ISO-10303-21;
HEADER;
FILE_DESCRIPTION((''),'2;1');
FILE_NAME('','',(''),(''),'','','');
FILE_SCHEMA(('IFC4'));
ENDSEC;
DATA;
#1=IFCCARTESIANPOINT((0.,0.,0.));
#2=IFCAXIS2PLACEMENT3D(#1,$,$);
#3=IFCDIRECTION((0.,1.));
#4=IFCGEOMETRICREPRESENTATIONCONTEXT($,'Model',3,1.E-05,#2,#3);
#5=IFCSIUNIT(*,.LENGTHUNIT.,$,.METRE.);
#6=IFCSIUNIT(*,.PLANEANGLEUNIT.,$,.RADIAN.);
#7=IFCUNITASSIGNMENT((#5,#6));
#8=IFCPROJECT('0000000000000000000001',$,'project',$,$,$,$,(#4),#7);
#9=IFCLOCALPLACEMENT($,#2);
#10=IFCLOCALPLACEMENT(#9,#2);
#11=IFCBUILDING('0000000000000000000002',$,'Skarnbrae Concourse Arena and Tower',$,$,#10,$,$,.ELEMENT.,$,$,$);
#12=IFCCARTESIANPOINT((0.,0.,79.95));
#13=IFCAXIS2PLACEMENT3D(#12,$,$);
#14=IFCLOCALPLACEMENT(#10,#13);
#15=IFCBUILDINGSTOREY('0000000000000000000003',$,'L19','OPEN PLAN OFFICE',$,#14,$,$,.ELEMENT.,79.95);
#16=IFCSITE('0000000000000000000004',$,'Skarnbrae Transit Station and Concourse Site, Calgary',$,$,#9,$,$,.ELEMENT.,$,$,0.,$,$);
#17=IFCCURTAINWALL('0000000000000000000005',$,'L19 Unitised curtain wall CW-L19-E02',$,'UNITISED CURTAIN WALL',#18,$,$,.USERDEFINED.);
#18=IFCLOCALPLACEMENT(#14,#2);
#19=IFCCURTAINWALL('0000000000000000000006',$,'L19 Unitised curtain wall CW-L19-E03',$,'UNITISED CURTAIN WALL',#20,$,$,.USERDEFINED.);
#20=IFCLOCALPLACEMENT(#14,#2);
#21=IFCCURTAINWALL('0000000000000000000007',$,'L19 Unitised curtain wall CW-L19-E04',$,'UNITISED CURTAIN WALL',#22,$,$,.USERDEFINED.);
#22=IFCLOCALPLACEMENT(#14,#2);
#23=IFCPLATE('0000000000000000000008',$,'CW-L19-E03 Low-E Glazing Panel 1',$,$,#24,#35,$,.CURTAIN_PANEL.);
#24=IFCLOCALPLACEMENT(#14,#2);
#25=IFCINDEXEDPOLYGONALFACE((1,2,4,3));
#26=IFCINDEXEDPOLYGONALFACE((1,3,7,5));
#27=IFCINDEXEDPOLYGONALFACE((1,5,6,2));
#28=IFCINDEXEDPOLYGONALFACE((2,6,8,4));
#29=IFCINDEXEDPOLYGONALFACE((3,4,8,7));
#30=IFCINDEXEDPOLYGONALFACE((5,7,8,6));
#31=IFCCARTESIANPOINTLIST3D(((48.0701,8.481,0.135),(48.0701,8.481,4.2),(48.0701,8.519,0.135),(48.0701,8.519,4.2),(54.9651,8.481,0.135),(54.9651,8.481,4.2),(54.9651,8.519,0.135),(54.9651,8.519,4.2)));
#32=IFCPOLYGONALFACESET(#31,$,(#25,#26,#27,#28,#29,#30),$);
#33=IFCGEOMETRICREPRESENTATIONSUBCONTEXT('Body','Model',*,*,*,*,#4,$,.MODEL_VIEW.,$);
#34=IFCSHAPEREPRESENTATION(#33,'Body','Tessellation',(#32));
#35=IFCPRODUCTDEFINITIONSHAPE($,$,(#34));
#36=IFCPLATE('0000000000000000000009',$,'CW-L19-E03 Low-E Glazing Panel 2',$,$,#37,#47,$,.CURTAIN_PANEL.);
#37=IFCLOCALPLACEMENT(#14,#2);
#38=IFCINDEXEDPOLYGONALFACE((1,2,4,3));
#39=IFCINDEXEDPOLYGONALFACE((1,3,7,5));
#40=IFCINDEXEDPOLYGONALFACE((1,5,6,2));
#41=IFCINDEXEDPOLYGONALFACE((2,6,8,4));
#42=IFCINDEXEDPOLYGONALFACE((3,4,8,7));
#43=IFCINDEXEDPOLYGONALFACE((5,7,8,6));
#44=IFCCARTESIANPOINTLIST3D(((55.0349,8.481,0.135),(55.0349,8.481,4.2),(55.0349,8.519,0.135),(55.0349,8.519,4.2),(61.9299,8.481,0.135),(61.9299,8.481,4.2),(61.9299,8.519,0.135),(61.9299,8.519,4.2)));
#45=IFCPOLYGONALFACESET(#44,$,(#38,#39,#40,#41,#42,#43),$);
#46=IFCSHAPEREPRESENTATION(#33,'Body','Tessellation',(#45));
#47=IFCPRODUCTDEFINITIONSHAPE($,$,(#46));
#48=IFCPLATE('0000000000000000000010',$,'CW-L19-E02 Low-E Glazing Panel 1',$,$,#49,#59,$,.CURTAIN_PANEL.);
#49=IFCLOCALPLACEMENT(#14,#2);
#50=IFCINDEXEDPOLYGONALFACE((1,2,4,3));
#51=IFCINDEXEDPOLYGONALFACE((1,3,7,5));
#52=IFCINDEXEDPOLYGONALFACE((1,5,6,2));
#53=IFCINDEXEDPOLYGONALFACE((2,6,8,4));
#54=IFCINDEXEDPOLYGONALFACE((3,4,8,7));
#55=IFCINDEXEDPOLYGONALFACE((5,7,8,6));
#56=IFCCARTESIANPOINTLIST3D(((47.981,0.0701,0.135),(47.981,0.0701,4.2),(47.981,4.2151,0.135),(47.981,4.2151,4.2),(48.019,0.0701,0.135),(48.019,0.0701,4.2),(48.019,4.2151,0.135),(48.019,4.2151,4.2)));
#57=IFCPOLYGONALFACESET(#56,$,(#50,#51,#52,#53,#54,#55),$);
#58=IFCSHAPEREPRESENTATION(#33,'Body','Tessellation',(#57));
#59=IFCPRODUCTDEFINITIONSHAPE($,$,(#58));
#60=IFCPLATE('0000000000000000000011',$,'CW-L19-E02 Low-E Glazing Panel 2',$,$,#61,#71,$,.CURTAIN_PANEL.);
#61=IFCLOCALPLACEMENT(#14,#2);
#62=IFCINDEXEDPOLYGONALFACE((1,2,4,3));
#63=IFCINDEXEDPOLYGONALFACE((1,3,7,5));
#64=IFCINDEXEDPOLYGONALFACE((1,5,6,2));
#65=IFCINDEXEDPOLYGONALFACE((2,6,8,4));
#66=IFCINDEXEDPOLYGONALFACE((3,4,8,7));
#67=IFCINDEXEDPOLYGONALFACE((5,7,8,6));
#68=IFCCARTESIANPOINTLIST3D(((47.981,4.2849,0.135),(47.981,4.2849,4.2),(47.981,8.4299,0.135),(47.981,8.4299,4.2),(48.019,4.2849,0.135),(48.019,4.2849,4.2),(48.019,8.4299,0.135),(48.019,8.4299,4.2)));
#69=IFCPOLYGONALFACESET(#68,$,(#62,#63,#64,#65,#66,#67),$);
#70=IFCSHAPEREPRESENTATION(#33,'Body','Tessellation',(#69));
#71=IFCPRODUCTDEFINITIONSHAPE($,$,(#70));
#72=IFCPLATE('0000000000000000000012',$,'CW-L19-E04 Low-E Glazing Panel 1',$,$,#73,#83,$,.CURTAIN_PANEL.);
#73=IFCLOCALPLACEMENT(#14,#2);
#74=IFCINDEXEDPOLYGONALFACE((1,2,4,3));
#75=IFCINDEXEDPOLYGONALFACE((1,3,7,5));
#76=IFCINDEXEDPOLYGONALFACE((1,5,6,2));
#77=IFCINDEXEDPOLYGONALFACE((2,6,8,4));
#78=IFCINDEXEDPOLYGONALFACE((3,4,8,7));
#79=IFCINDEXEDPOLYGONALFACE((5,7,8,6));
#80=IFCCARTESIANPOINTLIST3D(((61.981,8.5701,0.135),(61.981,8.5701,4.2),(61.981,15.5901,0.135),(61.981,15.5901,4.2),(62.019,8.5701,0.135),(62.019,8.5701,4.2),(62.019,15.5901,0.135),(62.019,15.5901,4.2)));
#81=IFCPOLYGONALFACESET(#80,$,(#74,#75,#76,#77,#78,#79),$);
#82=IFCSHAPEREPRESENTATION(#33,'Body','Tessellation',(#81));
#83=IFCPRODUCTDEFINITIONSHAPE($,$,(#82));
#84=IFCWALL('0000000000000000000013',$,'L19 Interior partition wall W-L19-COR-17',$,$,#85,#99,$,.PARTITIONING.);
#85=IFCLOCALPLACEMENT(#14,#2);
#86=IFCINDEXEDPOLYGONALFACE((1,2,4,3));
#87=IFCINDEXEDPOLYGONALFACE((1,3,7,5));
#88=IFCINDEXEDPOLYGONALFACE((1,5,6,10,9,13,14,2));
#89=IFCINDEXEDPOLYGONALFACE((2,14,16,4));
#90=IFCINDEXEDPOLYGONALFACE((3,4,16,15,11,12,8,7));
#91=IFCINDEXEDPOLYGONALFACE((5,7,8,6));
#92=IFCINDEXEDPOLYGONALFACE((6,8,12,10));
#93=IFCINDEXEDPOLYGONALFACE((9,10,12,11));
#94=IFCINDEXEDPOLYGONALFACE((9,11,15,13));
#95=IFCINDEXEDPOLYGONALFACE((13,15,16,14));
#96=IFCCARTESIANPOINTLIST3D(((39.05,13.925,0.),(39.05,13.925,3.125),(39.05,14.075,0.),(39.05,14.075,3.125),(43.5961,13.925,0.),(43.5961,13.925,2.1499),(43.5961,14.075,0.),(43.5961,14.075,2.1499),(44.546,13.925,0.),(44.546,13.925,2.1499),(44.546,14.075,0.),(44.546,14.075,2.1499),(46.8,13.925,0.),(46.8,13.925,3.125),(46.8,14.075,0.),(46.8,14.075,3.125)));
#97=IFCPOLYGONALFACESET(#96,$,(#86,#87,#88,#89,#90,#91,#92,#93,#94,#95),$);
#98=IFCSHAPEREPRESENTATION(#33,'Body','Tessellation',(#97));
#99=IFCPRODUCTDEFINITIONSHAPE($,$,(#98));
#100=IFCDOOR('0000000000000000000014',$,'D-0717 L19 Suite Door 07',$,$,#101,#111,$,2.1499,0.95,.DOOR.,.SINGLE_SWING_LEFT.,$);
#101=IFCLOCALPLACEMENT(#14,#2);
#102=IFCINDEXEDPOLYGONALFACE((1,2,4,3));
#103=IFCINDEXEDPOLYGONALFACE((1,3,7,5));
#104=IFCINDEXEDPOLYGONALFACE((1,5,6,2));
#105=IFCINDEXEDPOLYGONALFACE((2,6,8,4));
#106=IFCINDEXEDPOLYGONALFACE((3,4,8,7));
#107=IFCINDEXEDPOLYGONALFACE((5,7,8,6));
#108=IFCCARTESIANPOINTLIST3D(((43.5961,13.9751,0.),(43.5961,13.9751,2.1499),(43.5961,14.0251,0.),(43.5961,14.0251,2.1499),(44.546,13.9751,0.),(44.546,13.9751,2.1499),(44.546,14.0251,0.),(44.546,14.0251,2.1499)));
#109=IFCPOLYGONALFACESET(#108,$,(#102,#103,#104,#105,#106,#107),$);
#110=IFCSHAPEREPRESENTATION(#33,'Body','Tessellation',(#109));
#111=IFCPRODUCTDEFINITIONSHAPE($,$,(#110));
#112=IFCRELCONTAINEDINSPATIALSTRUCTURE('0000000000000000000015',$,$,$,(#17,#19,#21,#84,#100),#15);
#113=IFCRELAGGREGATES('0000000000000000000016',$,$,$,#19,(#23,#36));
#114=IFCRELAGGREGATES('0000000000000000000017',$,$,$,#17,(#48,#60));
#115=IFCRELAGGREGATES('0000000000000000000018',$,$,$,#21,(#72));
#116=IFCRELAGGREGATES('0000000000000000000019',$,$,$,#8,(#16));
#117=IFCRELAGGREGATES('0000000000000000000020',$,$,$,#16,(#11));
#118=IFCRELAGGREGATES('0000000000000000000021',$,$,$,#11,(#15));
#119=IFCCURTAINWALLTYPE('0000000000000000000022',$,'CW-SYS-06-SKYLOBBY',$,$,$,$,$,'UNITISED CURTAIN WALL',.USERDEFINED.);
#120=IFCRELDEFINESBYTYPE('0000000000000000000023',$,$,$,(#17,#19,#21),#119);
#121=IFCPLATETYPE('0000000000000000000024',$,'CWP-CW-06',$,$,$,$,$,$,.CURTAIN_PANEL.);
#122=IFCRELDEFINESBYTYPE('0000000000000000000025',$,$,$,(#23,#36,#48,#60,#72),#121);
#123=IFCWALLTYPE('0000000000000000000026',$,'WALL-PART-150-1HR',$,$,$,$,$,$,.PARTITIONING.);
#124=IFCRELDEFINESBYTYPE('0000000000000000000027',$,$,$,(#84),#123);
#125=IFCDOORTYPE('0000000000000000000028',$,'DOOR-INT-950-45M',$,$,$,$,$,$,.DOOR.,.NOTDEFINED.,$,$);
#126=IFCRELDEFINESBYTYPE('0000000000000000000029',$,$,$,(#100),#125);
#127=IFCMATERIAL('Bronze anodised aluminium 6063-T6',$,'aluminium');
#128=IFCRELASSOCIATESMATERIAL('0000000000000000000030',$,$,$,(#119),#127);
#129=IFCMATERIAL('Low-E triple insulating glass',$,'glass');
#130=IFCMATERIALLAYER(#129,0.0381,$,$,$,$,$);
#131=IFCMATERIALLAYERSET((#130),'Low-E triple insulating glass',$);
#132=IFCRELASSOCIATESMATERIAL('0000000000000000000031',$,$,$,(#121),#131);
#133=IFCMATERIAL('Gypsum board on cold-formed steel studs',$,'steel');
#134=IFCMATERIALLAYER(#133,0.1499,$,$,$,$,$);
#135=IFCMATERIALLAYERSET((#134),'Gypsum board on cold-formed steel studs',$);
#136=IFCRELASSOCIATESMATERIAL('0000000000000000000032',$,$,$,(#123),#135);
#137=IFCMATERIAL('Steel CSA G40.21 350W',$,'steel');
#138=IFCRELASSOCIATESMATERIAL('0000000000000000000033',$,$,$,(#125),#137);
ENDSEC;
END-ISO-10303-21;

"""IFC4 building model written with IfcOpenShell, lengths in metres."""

from ifc_helpers import new_model, si_unit, direction, frame, frame_2d, origin, origin_2d, place, context, subcontext, project, spatial, rectangle, extrude, source, transform, mapped, material, layer, layer_set, type_object, element, fill, aggregate, save


model = new_model("IFC4")

# Units and contexts
model_context = context("Model", 3, precision=1e-05, world=origin(), true_north=direction((0.0, 1.0)))
body_context = subcontext(model_context, "Body", "Model", "MODEL_VIEW")
ifc_project = project(units=[si_unit("LENGTHUNIT", "METRE"), si_unit("PLANEANGLEUNIT", "RADIAN")], contexts=[model_context])

# Site, building, storey
site_placement = place(None, origin())
site = spatial("IfcSite", under=ifc_project, at=site_placement, Name="Skarnbrae Transit Station and Concourse Site, Calgary", CompositionType="ELEMENT", RefElevation=0.0)
building_placement = place(site_placement, origin())
building = spatial("IfcBuilding", under=site, at=building_placement, Name="Skarnbrae Concourse Arena and Tower", CompositionType="ELEMENT")
storey_placement = place(building_placement, frame((0.0, 0.0, 79.95)))
storey = spatial("IfcBuildingStorey", under=building, at=storey_placement, Name="L19", Description="OPEN PLAN OFFICE", CompositionType="ELEMENT", Elevation=79.95)

# Shared definitions
ifc_material_1 = material(Name="Steel CSA G40.21 350W", Category="steel")

# Shared definitions
ifc_material_2 = material(Name="Bronze anodised aluminium 6063-T6", Category="aluminium")
curtain_wall_type = type_object("IfcCurtainWallType", Name="CW-SYS-06-SKYLOBBY", ElementType="UNITISED CURTAIN WALL", PredefinedType="USERDEFINED", material=ifc_material_2)

# Curtain walls
curtain_wall_1_placement = place(storey_placement, origin())
curtain_wall_1 = element("IfcCurtainWall", 1, at=curtain_wall_1_placement, inside=storey, type_object=curtain_wall_type, Name="L19 Unitised curtain wall CW-L19-E02", ObjectType="UNITISED CURTAIN WALL", PredefinedType="USERDEFINED")
curtain_wall_2_placement = place(storey_placement, origin())
curtain_wall_2 = element("IfcCurtainWall", 2, at=curtain_wall_2_placement, inside=storey, type_object=curtain_wall_type, Name="L19 Unitised curtain wall CW-L19-E03", ObjectType="UNITISED CURTAIN WALL", PredefinedType="USERDEFINED")

# Curtain wall
curtain_wall_3_placement = place(storey_placement, origin())
curtain_wall_3 = element("IfcCurtainWall", 3, at=curtain_wall_3_placement, inside=storey, type_object=curtain_wall_type, Name="L19 Unitised curtain wall CW-L19-E04", ObjectType="UNITISED CURTAIN WALL", PredefinedType="USERDEFINED")

# Plates
ifc_material_3 = material(Name="Low-E triple insulating glass", Category="glass")
ifc_layer_1 = layer(ifc_material_3, 0.0381)
ifc_layer_set_1 = layer_set([ifc_layer_1], Name="Low-E triple insulating glass")
plate_type = type_object("IfcPlateType", Name="CWP-CW-06", PredefinedType="CURTAIN_PANEL", material=ifc_layer_set_1)
shared_shape_1 = source(origin(), body_context, "Body", "SweptSolid", [
    extrude(rectangle(XDim=6.895, YDim=0.0381, at=origin_2d()), origin(), (0.0, 0.0, 1.0), 4.0649),
])
plate_1_placement = place(storey_placement, frame((51.5176, 8.5, 0.135), z_axis=(0.0, 0.0, 1.0), x_axis=(1.0, 0.0, 0.0)))
plate_1 = element("IfcPlate", 4, at=plate_1_placement, type_object=plate_type, Name="CW-L19-E03 Low-E Glazing Panel 1", PredefinedType="CURTAIN_PANEL", context=body_context, shape_type="MappedRepresentation", body=[
    mapped(shared_shape_1, transform((0.0, 0.0, 0.0))),
])
plate_2_placement = place(storey_placement, frame((58.4824, 8.5, 0.135), z_axis=(0.0, 0.0, 1.0), x_axis=(1.0, 0.0, 0.0)))
plate_2 = element("IfcPlate", 5, at=plate_2_placement, type_object=plate_type, Name="CW-L19-E03 Low-E Glazing Panel 2", PredefinedType="CURTAIN_PANEL", context=body_context, shape_type="MappedRepresentation", body=[
    mapped(shared_shape_1, transform((0.0, 0.0, 0.0))),
])
aggregate(curtain_wall_2, [plate_1, plate_2])
shared_shape_2 = source(origin(), body_context, "Body", "SweptSolid", [
    extrude(rectangle(XDim=4.145, YDim=0.0381, at=origin_2d()), origin(), (0.0, 0.0, 1.0), 4.0649),
])
plate_3_placement = place(storey_placement, frame((48.0, 2.1426, 0.135), z_axis=(0.0, 0.0, 1.0), x_axis=(0.0, 1.0, 0.0)))
plate_3 = element("IfcPlate", 6, at=plate_3_placement, type_object=plate_type, Name="CW-L19-E02 Low-E Glazing Panel 1", PredefinedType="CURTAIN_PANEL", context=body_context, shape_type="MappedRepresentation", body=[
    mapped(shared_shape_2, transform((0.0, 0.0, 0.0))),
])
plate_4_placement = place(storey_placement, frame((48.0, 6.3574, 0.135), z_axis=(0.0, 0.0, 1.0), x_axis=(0.0, 1.0, 0.0)))
plate_4 = element("IfcPlate", 7, at=plate_4_placement, type_object=plate_type, Name="CW-L19-E02 Low-E Glazing Panel 2", PredefinedType="CURTAIN_PANEL", context=body_context, shape_type="MappedRepresentation", body=[
    mapped(shared_shape_2, transform((0.0, 0.0, 0.0))),
])
aggregate(curtain_wall_1, [plate_3, plate_4])
shared_shape_3 = source(origin(), body_context, "Body", "SweptSolid", [
    extrude(rectangle(XDim=7.02, YDim=0.0381, at=origin_2d()), origin(), (0.0, 0.0, 1.0), 4.0649),
])
plate_5_placement = place(storey_placement, frame((62.0, 12.0801, 0.135), z_axis=(0.0, 0.0, 1.0), x_axis=(0.0, 1.0, 0.0)))
plate_5 = element("IfcPlate", 8, at=plate_5_placement, type_object=plate_type, Name="CW-L19-E04 Low-E Glazing Panel 1", PredefinedType="CURTAIN_PANEL", context=body_context, shape_type="MappedRepresentation", body=[
    mapped(shared_shape_3, transform((0.0, 0.0, 0.0))),
])
aggregate(curtain_wall_3, [plate_5])

# Wall, opening, door
ifc_material_4 = material(Name="Gypsum board on cold-formed steel studs", Category="steel")
ifc_layer_2 = layer(ifc_material_4, 0.1499)
ifc_layer_set_2 = layer_set([ifc_layer_2], Name="Gypsum board on cold-formed steel studs")
wall_type = type_object("IfcWallType", Name="WALL-PART-150-1HR", PredefinedType="PARTITIONING", material=ifc_layer_set_2)
shared_shape_4 = source(origin(), body_context, "Body", "SweptSolid", [
    extrude(rectangle(XDim=7.75, YDim=0.1499, at=frame_2d((3.875, 0.0))), origin(), (0.0, 0.0, 1.0), 3.125),
])
wall_placement = place(storey_placement, frame((46.8, 14.0, 0.0), z_axis=(0.0, 0.0, 1.0), x_axis=(-1.0, 0.0, 0.0)))
wall = element("IfcWall", 9, at=wall_placement, inside=storey, type_object=wall_type, Name="L19 Interior partition wall W-L19-COR-17", PredefinedType="PARTITIONING", context=body_context, shape_type="MappedRepresentation", body=[
    mapped(shared_shape_4, transform((0.0, 0.0, 0.0))),
])
opening_placement = place(wall_placement, frame((2.2539, 0.0, 0.0)))
opening = element("IfcOpeningElement", 10, at=opening_placement, cuts=wall, PredefinedType="OPENING", context=body_context, shape_type="SweptSolid", body=[
    extrude(rectangle(XDim=0.95, YDim=2.1499, at=frame_2d((0.4751, 1.075))), frame((0.0, 0.085, 0.0), z_axis=(0.0, -1.0, 0.0), x_axis=(1.0, 0.0, 0.0)), (0.0, 0.0, 1.0), 0.1699),
])
door_type = type_object("IfcDoorType", Name="DOOR-INT-950-45M", OperationType="NOTDEFINED", PredefinedType="DOOR", material=ifc_material_1)
shared_shape_5 = source(origin(), body_context, "Body", "SweptSolid", [
    extrude(rectangle(XDim=0.95, YDim=2.1499, at=frame_2d((0.4751, 1.075))), frame((0.0, 0.0249, 0.0), z_axis=(0.0, -1.0, 0.0), x_axis=(1.0, 0.0, 0.0)), (0.0, 0.0, 1.0), 0.05),
])
door_placement = place(opening_placement, origin())
door = element("IfcDoor", 11, at=door_placement, inside=storey, type_object=door_type, Name="D-0717 L19 Suite Door 07", OperationType="SINGLE_SWING_LEFT", OverallHeight=2.1499, OverallWidth=0.95, PredefinedType="DOOR", context=body_context, shape_type="MappedRepresentation", body=[
    mapped(shared_shape_5, transform((0.0, 0.0, 0.0))),
])
fill(opening, door)

save(model, "model.ifc")
